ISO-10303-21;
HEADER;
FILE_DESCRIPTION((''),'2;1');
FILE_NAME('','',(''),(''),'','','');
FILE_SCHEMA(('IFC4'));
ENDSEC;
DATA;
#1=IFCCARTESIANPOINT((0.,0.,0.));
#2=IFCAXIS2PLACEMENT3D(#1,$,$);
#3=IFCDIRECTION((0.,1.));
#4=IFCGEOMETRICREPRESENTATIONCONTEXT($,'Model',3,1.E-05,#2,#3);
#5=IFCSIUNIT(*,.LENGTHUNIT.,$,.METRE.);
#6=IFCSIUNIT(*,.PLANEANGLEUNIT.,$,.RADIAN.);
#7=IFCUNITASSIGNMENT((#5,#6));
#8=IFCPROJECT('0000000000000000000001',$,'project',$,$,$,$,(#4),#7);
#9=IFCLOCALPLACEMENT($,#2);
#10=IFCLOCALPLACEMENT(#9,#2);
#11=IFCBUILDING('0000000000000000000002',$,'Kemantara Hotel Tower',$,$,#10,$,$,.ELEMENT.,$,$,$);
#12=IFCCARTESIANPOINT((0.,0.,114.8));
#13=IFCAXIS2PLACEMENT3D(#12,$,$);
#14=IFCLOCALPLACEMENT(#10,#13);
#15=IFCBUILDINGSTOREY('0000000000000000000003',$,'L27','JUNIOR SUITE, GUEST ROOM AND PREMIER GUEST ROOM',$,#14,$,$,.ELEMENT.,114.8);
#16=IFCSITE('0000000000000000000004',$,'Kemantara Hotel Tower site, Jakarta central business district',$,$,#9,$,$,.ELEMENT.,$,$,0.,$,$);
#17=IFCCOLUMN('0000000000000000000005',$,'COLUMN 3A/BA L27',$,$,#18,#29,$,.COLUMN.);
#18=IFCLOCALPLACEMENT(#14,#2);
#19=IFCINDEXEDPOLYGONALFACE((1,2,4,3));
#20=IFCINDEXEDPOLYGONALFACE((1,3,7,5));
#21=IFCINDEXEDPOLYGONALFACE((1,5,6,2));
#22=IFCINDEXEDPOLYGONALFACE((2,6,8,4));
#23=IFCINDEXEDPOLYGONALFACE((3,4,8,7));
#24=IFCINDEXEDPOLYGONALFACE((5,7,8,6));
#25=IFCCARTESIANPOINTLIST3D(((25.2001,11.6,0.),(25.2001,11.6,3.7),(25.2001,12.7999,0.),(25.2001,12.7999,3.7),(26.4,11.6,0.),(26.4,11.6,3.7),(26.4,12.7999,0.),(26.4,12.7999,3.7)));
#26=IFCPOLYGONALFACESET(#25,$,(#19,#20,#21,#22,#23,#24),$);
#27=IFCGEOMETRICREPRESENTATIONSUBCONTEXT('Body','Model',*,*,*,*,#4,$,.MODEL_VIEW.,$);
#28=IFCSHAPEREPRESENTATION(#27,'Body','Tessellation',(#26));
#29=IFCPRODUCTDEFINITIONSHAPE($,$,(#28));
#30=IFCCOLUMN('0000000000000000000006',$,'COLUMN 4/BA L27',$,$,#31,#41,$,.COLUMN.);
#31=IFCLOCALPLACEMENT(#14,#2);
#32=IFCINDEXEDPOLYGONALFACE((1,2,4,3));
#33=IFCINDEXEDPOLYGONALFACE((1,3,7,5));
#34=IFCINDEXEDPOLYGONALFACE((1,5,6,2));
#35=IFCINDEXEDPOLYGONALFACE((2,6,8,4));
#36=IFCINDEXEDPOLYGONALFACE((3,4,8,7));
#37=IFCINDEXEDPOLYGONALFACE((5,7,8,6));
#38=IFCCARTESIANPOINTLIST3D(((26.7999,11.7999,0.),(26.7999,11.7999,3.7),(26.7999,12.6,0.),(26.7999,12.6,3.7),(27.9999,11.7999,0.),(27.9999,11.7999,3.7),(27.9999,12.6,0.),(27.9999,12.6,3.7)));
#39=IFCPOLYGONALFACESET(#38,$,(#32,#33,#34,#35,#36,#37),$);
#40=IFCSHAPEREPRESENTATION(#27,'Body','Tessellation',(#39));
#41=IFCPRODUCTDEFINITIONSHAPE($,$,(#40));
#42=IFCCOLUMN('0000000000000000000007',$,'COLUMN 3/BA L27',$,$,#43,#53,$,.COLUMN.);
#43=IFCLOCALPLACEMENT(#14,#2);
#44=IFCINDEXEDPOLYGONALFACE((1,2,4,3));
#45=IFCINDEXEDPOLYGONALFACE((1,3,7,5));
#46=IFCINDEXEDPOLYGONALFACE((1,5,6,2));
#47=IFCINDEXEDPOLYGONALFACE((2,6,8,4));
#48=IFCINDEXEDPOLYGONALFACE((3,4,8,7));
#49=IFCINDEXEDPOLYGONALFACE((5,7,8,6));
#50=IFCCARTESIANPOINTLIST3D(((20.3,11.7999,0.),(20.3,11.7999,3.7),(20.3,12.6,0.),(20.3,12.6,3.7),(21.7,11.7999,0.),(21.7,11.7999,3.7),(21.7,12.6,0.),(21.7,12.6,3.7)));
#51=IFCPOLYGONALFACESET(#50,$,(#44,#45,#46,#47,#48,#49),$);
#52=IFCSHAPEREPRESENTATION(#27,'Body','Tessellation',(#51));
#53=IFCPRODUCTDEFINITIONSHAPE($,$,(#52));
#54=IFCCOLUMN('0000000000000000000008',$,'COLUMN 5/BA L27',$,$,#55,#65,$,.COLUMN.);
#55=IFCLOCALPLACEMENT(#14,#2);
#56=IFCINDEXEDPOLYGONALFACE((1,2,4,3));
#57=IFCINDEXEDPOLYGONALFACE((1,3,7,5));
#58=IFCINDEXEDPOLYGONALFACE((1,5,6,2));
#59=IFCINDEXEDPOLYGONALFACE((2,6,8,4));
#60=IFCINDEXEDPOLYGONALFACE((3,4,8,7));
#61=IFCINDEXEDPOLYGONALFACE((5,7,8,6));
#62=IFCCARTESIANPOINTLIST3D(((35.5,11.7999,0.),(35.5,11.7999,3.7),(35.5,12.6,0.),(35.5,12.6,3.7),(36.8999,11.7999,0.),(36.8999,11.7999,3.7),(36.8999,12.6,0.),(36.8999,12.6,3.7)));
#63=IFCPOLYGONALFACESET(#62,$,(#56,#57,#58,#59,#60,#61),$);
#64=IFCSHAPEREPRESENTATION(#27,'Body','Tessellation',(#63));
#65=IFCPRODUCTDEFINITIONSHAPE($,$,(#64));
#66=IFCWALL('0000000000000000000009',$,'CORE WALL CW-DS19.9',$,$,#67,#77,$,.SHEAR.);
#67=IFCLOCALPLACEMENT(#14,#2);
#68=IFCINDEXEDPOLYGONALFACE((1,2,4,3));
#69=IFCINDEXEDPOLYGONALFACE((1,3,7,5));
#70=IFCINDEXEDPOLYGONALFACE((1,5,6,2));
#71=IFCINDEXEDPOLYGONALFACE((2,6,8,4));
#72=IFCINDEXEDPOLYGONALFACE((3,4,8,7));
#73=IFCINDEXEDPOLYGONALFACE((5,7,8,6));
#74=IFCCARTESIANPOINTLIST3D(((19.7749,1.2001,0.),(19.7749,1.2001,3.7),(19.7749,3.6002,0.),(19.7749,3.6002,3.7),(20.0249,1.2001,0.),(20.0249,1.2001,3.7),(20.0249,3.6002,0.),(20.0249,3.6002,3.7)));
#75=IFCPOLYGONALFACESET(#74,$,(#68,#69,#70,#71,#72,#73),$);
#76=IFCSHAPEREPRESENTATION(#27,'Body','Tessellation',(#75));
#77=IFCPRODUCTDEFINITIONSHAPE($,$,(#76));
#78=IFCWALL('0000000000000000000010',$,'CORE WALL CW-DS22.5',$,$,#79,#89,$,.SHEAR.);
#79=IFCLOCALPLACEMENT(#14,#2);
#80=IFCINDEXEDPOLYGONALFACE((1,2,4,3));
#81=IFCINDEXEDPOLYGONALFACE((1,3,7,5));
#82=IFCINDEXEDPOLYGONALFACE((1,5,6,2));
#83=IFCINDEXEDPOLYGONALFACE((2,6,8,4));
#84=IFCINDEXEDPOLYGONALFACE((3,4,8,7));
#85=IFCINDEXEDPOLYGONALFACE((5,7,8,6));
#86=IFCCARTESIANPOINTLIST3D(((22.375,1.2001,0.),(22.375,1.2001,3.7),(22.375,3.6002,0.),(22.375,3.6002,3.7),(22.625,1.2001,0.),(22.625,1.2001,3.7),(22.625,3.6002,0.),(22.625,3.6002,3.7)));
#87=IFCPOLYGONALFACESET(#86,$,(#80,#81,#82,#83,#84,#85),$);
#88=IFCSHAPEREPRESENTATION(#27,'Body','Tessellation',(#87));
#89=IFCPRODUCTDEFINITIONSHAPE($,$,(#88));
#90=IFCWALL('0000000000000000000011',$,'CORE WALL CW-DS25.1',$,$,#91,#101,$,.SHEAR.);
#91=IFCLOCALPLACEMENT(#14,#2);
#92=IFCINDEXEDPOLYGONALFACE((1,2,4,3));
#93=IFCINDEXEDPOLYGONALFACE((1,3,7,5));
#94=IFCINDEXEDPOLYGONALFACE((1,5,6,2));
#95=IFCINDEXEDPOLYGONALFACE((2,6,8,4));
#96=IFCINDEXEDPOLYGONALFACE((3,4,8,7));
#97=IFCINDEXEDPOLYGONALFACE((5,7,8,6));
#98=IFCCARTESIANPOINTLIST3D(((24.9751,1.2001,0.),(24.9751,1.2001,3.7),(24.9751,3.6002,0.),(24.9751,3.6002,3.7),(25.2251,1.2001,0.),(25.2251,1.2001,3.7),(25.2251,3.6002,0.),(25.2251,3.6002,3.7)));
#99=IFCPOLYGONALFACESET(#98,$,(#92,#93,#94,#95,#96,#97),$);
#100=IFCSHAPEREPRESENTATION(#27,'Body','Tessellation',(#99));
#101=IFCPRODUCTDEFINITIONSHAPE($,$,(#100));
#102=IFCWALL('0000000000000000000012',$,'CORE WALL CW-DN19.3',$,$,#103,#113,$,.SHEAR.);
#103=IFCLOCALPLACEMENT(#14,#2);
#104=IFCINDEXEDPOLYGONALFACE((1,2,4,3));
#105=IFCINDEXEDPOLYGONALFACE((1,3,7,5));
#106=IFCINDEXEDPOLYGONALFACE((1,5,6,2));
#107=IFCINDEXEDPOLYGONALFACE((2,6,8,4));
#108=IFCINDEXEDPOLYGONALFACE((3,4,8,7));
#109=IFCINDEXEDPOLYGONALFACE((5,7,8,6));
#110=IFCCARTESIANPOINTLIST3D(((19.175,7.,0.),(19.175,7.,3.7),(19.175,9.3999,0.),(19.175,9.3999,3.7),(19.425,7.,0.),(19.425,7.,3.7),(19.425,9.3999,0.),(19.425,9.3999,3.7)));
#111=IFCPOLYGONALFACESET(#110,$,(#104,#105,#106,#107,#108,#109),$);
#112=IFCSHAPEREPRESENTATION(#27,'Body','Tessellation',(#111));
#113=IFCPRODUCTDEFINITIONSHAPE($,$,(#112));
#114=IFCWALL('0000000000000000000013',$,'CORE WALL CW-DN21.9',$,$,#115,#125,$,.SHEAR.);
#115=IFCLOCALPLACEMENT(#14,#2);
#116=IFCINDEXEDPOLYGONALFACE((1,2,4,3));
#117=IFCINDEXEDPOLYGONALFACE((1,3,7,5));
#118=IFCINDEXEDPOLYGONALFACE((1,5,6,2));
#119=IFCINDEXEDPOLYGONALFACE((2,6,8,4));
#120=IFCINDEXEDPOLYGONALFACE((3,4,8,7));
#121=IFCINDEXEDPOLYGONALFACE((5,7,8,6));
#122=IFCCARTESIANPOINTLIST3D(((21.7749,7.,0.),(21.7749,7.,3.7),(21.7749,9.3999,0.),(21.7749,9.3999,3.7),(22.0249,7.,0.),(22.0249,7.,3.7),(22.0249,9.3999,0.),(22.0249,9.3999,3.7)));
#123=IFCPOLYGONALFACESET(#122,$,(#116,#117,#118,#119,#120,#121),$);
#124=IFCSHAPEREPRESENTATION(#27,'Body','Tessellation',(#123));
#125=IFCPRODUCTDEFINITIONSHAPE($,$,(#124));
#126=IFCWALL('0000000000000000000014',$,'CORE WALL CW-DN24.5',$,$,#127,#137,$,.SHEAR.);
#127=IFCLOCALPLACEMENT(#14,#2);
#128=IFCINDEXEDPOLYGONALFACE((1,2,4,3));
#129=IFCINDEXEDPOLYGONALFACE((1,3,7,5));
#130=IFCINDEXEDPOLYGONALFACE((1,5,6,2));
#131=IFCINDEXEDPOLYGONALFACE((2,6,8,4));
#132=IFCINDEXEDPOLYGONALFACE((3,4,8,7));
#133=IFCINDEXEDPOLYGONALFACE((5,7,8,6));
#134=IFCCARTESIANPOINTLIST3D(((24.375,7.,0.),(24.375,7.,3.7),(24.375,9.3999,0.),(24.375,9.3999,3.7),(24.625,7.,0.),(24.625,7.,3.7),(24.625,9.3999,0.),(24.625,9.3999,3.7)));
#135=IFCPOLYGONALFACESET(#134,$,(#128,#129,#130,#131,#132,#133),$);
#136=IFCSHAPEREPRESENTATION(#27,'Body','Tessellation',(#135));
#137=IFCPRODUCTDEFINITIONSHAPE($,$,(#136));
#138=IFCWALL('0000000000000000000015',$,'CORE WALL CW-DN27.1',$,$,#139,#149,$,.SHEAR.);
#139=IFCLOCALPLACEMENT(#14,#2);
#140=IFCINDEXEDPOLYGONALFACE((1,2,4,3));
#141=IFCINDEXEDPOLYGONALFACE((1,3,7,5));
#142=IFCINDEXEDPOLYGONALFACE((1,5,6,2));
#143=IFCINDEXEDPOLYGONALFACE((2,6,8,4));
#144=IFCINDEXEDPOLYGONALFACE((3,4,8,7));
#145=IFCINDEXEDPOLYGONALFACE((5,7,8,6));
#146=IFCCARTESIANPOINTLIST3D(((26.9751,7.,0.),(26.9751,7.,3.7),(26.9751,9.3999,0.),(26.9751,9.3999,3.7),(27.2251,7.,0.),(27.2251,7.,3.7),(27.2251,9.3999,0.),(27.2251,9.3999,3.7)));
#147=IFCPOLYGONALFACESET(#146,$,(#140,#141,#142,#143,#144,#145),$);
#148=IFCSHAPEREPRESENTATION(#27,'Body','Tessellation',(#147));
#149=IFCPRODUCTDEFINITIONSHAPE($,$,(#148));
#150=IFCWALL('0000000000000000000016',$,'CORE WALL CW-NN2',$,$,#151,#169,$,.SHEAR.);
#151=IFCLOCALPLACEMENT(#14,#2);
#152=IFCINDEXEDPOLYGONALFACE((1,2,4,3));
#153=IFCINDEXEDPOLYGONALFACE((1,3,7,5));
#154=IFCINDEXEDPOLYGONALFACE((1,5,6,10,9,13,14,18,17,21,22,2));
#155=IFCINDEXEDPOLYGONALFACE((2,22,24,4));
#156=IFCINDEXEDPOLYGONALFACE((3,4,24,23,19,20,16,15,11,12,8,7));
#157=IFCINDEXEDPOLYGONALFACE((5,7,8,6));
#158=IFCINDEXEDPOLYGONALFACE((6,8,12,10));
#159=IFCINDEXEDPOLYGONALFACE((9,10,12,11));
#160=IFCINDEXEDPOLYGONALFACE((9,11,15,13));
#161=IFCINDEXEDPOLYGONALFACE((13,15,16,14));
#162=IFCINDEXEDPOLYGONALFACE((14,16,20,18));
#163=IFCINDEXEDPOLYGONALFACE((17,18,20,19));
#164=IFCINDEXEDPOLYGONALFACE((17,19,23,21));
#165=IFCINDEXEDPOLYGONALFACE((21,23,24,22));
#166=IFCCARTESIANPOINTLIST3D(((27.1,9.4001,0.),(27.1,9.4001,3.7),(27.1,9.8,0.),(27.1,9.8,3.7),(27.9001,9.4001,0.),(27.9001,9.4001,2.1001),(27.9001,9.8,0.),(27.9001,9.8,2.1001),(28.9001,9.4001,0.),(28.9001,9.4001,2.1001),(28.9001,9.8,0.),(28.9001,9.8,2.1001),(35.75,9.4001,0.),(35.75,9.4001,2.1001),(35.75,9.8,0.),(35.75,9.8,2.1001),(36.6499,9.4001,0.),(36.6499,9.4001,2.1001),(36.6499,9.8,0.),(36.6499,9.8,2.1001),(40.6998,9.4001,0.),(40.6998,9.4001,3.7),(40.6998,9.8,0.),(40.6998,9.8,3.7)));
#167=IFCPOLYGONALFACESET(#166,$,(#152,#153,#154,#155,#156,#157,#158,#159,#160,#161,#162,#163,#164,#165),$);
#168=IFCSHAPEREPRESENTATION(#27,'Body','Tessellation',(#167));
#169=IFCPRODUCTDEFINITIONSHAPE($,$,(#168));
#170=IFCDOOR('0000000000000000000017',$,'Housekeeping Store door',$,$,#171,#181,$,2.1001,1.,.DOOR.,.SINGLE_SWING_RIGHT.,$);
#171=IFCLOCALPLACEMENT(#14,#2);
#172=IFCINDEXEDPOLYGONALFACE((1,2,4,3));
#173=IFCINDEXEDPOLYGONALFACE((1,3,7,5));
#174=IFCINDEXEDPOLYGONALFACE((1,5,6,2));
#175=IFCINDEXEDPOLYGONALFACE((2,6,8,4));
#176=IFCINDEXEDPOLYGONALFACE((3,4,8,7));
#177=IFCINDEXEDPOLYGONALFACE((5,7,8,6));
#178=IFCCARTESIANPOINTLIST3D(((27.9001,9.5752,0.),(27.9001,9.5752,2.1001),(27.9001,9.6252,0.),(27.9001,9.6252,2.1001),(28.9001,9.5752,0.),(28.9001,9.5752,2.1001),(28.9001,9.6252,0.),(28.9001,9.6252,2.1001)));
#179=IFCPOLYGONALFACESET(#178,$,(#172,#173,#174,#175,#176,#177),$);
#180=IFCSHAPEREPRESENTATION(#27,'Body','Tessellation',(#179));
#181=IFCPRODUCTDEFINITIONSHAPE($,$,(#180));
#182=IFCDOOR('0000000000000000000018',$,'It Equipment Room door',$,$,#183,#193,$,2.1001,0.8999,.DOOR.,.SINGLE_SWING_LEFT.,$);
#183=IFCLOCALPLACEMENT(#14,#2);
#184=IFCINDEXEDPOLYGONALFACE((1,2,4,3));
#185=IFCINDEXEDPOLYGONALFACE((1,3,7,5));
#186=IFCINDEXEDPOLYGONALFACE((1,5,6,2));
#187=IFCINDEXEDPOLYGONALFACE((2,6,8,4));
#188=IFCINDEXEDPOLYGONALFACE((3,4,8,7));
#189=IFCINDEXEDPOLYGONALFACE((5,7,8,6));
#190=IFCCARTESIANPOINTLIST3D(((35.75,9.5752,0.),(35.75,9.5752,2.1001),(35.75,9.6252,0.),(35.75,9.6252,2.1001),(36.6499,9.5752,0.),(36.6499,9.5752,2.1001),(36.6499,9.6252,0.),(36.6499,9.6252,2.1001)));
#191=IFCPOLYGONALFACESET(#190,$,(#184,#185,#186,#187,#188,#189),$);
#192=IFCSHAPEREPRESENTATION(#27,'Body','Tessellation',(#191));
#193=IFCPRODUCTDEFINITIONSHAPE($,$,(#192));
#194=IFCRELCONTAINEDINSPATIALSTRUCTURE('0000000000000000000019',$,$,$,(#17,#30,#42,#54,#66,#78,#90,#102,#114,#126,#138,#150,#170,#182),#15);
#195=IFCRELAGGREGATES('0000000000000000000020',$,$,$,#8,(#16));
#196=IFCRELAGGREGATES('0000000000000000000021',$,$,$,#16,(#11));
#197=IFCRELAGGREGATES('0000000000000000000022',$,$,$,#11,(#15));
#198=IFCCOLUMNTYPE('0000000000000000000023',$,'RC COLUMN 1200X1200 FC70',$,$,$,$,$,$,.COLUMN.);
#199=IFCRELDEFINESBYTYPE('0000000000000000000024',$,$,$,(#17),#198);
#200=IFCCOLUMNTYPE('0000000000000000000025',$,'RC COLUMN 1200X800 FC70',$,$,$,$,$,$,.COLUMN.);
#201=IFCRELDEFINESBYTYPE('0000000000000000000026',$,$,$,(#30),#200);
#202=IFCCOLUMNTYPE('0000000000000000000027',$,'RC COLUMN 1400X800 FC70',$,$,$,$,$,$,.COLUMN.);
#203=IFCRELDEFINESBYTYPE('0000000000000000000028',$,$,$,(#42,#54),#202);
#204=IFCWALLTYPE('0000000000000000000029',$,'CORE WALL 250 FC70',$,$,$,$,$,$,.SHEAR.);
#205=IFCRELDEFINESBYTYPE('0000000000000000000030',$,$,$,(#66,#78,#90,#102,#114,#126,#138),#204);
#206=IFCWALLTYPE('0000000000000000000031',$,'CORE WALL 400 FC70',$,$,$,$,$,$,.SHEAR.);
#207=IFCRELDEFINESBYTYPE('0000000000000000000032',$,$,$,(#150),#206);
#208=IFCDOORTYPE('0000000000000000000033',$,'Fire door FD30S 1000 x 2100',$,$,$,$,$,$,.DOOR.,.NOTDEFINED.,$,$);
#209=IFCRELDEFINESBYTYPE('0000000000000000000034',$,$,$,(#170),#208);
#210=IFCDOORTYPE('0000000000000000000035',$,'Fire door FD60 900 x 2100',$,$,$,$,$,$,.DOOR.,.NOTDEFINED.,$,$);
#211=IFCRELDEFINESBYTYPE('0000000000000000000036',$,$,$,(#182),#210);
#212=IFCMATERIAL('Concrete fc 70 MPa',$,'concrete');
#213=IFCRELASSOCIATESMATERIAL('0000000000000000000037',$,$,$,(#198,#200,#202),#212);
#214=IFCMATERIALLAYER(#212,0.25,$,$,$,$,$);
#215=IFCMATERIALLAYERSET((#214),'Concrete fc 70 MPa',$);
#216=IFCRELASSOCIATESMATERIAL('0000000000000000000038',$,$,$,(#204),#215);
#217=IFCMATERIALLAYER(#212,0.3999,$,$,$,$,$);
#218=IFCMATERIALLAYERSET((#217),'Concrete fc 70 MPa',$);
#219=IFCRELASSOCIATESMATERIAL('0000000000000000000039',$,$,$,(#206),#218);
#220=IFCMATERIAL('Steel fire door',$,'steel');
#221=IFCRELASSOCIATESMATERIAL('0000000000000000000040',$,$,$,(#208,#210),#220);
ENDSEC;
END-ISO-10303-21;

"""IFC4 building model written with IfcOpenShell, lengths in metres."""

from ifc_helpers import new_model, si_unit, direction, frame, frame_2d, origin, origin_2d, place, context, subcontext, project, spatial, rectangle, extrude, material, layer, layer_set, material_profile, profile_set, type_object, element, fill, save


model = new_model("IFC4")

# Units and contexts
model_context = context("Model", 3, precision=1e-05, world=origin(), true_north=direction((0.0, 1.0)))
body_context = subcontext(model_context, "Body", "Model", "MODEL_VIEW")
ifc_project = project(units=[si_unit("LENGTHUNIT", "METRE"), si_unit("PLANEANGLEUNIT", "RADIAN")], contexts=[model_context])

# Site, building, storey
site_placement = place(None, origin())
site = spatial("IfcSite", under=ifc_project, at=site_placement, Name="Kemantara Hotel Tower site, Jakarta central business district", CompositionType="ELEMENT", RefElevation=0.0)
building_placement = place(site_placement, origin())
building = spatial("IfcBuilding", under=site, at=building_placement, Name="Kemantara Hotel Tower", CompositionType="ELEMENT")
storey_placement = place(building_placement, frame((0.0, 0.0, 114.8)))
storey = spatial("IfcBuildingStorey", under=building, at=storey_placement, Name="L27", Description="JUNIOR SUITE, GUEST ROOM AND PREMIER GUEST ROOM", CompositionType="ELEMENT", Elevation=114.8)

# Columns
ifc_material_1 = material(Name="Concrete fc 70 MPa", Category="concrete")
ifc_material_profile_1 = material_profile(ifc_material_1, rectangle(XDim=1.2, YDim=1.2, at=origin_2d()), Name="RC 1200X1200")
ifc_profile_set_1 = profile_set([ifc_material_profile_1], Name="Concrete fc 70 MPa")
column_type_1 = type_object("IfcColumnType", Name="RC COLUMN 1200X1200 FC70", PredefinedType="COLUMN", material=ifc_profile_set_1)
column_1_placement = place(storey_placement, frame((25.8, 12.2, 0.0), z_axis=(0.0, 0.0, 1.0), x_axis=(1.0, 0.0, 0.0)))
element("IfcColumn", 1, at=column_1_placement, inside=storey, type_object=column_type_1, Name="COLUMN 3A/BA L27", PredefinedType="COLUMN", context=body_context, shape_type="SweptSolid", body=[
    extrude(rectangle(XDim=1.2, YDim=1.2, at=origin_2d()), origin(), (0.0, 0.0, 1.0), 3.7),
])
ifc_material_profile_2 = material_profile(ifc_material_1, rectangle(XDim=1.2, YDim=0.8, at=origin_2d()), Name="RC 1200X800")
ifc_profile_set_2 = profile_set([ifc_material_profile_2], Name="Concrete fc 70 MPa")
column_type_2 = type_object("IfcColumnType", Name="RC COLUMN 1200X800 FC70", PredefinedType="COLUMN", material=ifc_profile_set_2)
column_2_placement = place(storey_placement, frame((27.3999, 12.2, 0.0), z_axis=(0.0, 0.0, 1.0), x_axis=(1.0, 0.0, 0.0)))
element("IfcColumn", 2, at=column_2_placement, inside=storey, type_object=column_type_2, Name="COLUMN 4/BA L27", PredefinedType="COLUMN", context=body_context, shape_type="SweptSolid", body=[
    extrude(rectangle(XDim=1.2, YDim=0.8, at=origin_2d()), origin(), (0.0, 0.0, 1.0), 3.7),
])
ifc_material_profile_3 = material_profile(ifc_material_1, rectangle(XDim=1.3999, YDim=0.8, at=origin_2d()), Name="RC 1400X800")
ifc_profile_set_3 = profile_set([ifc_material_profile_3], Name="Concrete fc 70 MPa")
column_type_3 = type_object("IfcColumnType", Name="RC COLUMN 1400X800 FC70", PredefinedType="COLUMN", material=ifc_profile_set_3)
for number, where, z_axis, x_axis, name in (
    (3, (21.0, 12.2, 0.0), (0.0, 0.0, 1.0), (1.0, 0.0, 0.0), "COLUMN 3/BA L27"),
    (4, (36.2, 12.2, 0.0), (0.0, 0.0, 1.0), (1.0, 0.0, 0.0), "COLUMN 5/BA L27"),
):
    element("IfcColumn", number, at=place(storey_placement, frame(where, z_axis=z_axis, x_axis=x_axis)), inside=storey, type_object=column_type_3, Name=name, PredefinedType="COLUMN", context=body_context, shape_type="SweptSolid", body=[
        extrude(rectangle(XDim=1.3999, YDim=0.8, at=origin_2d()), origin(), (0.0, 0.0, 1.0), 3.7),
    ])

# Walls
ifc_layer_1 = layer(ifc_material_1, 0.25)
ifc_layer_set_1 = layer_set([ifc_layer_1], Name="Concrete fc 70 MPa")
wall_type_1 = type_object("IfcWallType", Name="CORE WALL 250 FC70", PredefinedType="SHEAR", material=ifc_layer_set_1)
for number, where, z_axis, x_axis, name in (
    (5, (19.8999, 1.2, 0.0), (0.0, 0.0, 1.0), (0.0, 1.0, 0.0), "CORE WALL CW-DS19.9"),
    (6, (22.5, 1.2, 0.0), (0.0, 0.0, 1.0), (0.0, 1.0, 0.0), "CORE WALL CW-DS22.5"),
    (7, (25.1001, 1.2, 0.0), (0.0, 0.0, 1.0), (0.0, 1.0, 0.0), "CORE WALL CW-DS25.1"),
):
    element("IfcWall", number, at=place(storey_placement, frame(where, z_axis=z_axis, x_axis=x_axis)), inside=storey, type_object=wall_type_1, Name=name, PredefinedType="SHEAR", context=body_context, shape_type="SweptSolid", body=[
        extrude(rectangle(XDim=2.4001, YDim=0.25, at=frame_2d((1.2002, 0.0))), origin(), (0.0, 0.0, 1.0), 3.7),
    ])
for number, where, z_axis, x_axis, name in (
    (8, (19.3, 7.0, 0.0), (0.0, 0.0, 1.0), (0.0, 1.0, 0.0), "CORE WALL CW-DN19.3"),
    (9, (21.8999, 7.0, 0.0), (0.0, 0.0, 1.0), (0.0, 1.0, 0.0), "CORE WALL CW-DN21.9"),
    (10, (24.5, 7.0, 0.0), (0.0, 0.0, 1.0), (0.0, 1.0, 0.0), "CORE WALL CW-DN24.5"),
    (11, (27.1001, 7.0, 0.0), (0.0, 0.0, 1.0), (0.0, 1.0, 0.0), "CORE WALL CW-DN27.1"),
):
    element("IfcWall", number, at=place(storey_placement, frame(where, z_axis=z_axis, x_axis=x_axis)), inside=storey, type_object=wall_type_1, Name=name, PredefinedType="SHEAR", context=body_context, shape_type="SweptSolid", body=[
        extrude(rectangle(XDim=2.3999, YDim=0.25, at=frame_2d((1.2, 0.0))), origin(), (0.0, 0.0, 1.0), 3.7),
    ])

# Wall, openings, doors
ifc_layer_2 = layer(ifc_material_1, 0.3999)
ifc_layer_set_2 = layer_set([ifc_layer_2], Name="Concrete fc 70 MPa")
wall_type_2 = type_object("IfcWallType", Name="CORE WALL 400 FC70", PredefinedType="SHEAR", material=ifc_layer_set_2)
wall_1_placement = place(storey_placement, frame((27.1001, 9.6001, 0.0), z_axis=(0.0, 0.0, 1.0), x_axis=(1.0, 0.0, 0.0)))
wall_1 = element("IfcWall", 12, at=wall_1_placement, inside=storey, type_object=wall_type_2, Name="CORE WALL CW-NN2", PredefinedType="SHEAR", context=body_context, shape_type="SweptSolid", body=[
    extrude(rectangle(XDim=13.5999, YDim=0.3999, at=frame_2d((6.7998, 0.0))), origin(), (0.0, 0.0, 1.0), 3.7),
])
opening_1_placement = place(wall_1_placement, frame((0.8, 0.0, 0.0)))
opening_1 = element("IfcOpeningElement", 13, at=opening_1_placement, cuts=wall_1, PredefinedType="OPENING", context=body_context, shape_type="SweptSolid", body=[
    extrude(rectangle(XDim=1.0, YDim=2.1001, at=frame_2d((0.5, 1.05))), frame((0.0, 0.21, 0.0), z_axis=(0.0, -1.0, 0.0), x_axis=(1.0, 0.0, 0.0)), (0.0, 0.0, 1.0), 0.4199),
])
opening_2_placement = place(wall_1_placement, frame((8.6499, 0.0, 0.0)))
opening_2 = element("IfcOpeningElement", 14, at=opening_2_placement, cuts=wall_1, PredefinedType="OPENING", context=body_context, shape_type="SweptSolid", body=[
    extrude(rectangle(XDim=0.8999, YDim=2.1001, at=frame_2d((0.45, 1.05))), frame((0.0, 0.21, 0.0), z_axis=(0.0, -1.0, 0.0), x_axis=(1.0, 0.0, 0.0)), (0.0, 0.0, 1.0), 0.4199),
])
ifc_material_2 = material(Name="Steel fire door", Category="steel")
door_type_1 = type_object("IfcDoorType", Name="Fire door FD30S 1000 x 2100", OperationType="NOTDEFINED", PredefinedType="DOOR", material=ifc_material_2)
door_1_placement = place(opening_1_placement, frame((1.0, 0.0, 0.0), z_axis=(0.0, 0.0, 1.0), x_axis=(-1.0, 0.0, 0.0)))
door_1 = element("IfcDoor", 15, at=door_1_placement, inside=storey, type_object=door_type_1, Name="Housekeeping Store door", OperationType="SINGLE_SWING_RIGHT", OverallHeight=2.1001, OverallWidth=1.0, PredefinedType="DOOR", context=body_context, shape_type="SweptSolid", body=[
    extrude(rectangle(XDim=1.0, YDim=2.1001, at=frame_2d((0.5, 1.05))), frame((0.0, 0.0249, 0.0), z_axis=(0.0, -1.0, 0.0), x_axis=(1.0, 0.0, 0.0)), (0.0, 0.0, 1.0), 0.05),
])
fill(opening_1, door_1)
door_type_2 = type_object("IfcDoorType", Name="Fire door FD60 900 x 2100", OperationType="NOTDEFINED", PredefinedType="DOOR", material=ifc_material_2)
door_2_placement = place(opening_2_placement, frame((0.8999, 0.0, 0.0), z_axis=(0.0, 0.0, 1.0), x_axis=(-1.0, 0.0, 0.0)))
door_2 = element("IfcDoor", 16, at=door_2_placement, inside=storey, type_object=door_type_2, Name="It Equipment Room door", OperationType="SINGLE_SWING_LEFT", OverallHeight=2.1001, OverallWidth=0.8999, PredefinedType="DOOR", context=body_context, shape_type="SweptSolid", body=[
    extrude(rectangle(XDim=0.8999, YDim=2.1001, at=frame_2d((0.45, 1.05))), frame((0.0, 0.0249, 0.0), z_axis=(0.0, -1.0, 0.0), x_axis=(1.0, 0.0, 0.0)), (0.0, 0.0, 1.0), 0.05),
])
fill(opening_2, door_2)

save(model, "model.ifc")
